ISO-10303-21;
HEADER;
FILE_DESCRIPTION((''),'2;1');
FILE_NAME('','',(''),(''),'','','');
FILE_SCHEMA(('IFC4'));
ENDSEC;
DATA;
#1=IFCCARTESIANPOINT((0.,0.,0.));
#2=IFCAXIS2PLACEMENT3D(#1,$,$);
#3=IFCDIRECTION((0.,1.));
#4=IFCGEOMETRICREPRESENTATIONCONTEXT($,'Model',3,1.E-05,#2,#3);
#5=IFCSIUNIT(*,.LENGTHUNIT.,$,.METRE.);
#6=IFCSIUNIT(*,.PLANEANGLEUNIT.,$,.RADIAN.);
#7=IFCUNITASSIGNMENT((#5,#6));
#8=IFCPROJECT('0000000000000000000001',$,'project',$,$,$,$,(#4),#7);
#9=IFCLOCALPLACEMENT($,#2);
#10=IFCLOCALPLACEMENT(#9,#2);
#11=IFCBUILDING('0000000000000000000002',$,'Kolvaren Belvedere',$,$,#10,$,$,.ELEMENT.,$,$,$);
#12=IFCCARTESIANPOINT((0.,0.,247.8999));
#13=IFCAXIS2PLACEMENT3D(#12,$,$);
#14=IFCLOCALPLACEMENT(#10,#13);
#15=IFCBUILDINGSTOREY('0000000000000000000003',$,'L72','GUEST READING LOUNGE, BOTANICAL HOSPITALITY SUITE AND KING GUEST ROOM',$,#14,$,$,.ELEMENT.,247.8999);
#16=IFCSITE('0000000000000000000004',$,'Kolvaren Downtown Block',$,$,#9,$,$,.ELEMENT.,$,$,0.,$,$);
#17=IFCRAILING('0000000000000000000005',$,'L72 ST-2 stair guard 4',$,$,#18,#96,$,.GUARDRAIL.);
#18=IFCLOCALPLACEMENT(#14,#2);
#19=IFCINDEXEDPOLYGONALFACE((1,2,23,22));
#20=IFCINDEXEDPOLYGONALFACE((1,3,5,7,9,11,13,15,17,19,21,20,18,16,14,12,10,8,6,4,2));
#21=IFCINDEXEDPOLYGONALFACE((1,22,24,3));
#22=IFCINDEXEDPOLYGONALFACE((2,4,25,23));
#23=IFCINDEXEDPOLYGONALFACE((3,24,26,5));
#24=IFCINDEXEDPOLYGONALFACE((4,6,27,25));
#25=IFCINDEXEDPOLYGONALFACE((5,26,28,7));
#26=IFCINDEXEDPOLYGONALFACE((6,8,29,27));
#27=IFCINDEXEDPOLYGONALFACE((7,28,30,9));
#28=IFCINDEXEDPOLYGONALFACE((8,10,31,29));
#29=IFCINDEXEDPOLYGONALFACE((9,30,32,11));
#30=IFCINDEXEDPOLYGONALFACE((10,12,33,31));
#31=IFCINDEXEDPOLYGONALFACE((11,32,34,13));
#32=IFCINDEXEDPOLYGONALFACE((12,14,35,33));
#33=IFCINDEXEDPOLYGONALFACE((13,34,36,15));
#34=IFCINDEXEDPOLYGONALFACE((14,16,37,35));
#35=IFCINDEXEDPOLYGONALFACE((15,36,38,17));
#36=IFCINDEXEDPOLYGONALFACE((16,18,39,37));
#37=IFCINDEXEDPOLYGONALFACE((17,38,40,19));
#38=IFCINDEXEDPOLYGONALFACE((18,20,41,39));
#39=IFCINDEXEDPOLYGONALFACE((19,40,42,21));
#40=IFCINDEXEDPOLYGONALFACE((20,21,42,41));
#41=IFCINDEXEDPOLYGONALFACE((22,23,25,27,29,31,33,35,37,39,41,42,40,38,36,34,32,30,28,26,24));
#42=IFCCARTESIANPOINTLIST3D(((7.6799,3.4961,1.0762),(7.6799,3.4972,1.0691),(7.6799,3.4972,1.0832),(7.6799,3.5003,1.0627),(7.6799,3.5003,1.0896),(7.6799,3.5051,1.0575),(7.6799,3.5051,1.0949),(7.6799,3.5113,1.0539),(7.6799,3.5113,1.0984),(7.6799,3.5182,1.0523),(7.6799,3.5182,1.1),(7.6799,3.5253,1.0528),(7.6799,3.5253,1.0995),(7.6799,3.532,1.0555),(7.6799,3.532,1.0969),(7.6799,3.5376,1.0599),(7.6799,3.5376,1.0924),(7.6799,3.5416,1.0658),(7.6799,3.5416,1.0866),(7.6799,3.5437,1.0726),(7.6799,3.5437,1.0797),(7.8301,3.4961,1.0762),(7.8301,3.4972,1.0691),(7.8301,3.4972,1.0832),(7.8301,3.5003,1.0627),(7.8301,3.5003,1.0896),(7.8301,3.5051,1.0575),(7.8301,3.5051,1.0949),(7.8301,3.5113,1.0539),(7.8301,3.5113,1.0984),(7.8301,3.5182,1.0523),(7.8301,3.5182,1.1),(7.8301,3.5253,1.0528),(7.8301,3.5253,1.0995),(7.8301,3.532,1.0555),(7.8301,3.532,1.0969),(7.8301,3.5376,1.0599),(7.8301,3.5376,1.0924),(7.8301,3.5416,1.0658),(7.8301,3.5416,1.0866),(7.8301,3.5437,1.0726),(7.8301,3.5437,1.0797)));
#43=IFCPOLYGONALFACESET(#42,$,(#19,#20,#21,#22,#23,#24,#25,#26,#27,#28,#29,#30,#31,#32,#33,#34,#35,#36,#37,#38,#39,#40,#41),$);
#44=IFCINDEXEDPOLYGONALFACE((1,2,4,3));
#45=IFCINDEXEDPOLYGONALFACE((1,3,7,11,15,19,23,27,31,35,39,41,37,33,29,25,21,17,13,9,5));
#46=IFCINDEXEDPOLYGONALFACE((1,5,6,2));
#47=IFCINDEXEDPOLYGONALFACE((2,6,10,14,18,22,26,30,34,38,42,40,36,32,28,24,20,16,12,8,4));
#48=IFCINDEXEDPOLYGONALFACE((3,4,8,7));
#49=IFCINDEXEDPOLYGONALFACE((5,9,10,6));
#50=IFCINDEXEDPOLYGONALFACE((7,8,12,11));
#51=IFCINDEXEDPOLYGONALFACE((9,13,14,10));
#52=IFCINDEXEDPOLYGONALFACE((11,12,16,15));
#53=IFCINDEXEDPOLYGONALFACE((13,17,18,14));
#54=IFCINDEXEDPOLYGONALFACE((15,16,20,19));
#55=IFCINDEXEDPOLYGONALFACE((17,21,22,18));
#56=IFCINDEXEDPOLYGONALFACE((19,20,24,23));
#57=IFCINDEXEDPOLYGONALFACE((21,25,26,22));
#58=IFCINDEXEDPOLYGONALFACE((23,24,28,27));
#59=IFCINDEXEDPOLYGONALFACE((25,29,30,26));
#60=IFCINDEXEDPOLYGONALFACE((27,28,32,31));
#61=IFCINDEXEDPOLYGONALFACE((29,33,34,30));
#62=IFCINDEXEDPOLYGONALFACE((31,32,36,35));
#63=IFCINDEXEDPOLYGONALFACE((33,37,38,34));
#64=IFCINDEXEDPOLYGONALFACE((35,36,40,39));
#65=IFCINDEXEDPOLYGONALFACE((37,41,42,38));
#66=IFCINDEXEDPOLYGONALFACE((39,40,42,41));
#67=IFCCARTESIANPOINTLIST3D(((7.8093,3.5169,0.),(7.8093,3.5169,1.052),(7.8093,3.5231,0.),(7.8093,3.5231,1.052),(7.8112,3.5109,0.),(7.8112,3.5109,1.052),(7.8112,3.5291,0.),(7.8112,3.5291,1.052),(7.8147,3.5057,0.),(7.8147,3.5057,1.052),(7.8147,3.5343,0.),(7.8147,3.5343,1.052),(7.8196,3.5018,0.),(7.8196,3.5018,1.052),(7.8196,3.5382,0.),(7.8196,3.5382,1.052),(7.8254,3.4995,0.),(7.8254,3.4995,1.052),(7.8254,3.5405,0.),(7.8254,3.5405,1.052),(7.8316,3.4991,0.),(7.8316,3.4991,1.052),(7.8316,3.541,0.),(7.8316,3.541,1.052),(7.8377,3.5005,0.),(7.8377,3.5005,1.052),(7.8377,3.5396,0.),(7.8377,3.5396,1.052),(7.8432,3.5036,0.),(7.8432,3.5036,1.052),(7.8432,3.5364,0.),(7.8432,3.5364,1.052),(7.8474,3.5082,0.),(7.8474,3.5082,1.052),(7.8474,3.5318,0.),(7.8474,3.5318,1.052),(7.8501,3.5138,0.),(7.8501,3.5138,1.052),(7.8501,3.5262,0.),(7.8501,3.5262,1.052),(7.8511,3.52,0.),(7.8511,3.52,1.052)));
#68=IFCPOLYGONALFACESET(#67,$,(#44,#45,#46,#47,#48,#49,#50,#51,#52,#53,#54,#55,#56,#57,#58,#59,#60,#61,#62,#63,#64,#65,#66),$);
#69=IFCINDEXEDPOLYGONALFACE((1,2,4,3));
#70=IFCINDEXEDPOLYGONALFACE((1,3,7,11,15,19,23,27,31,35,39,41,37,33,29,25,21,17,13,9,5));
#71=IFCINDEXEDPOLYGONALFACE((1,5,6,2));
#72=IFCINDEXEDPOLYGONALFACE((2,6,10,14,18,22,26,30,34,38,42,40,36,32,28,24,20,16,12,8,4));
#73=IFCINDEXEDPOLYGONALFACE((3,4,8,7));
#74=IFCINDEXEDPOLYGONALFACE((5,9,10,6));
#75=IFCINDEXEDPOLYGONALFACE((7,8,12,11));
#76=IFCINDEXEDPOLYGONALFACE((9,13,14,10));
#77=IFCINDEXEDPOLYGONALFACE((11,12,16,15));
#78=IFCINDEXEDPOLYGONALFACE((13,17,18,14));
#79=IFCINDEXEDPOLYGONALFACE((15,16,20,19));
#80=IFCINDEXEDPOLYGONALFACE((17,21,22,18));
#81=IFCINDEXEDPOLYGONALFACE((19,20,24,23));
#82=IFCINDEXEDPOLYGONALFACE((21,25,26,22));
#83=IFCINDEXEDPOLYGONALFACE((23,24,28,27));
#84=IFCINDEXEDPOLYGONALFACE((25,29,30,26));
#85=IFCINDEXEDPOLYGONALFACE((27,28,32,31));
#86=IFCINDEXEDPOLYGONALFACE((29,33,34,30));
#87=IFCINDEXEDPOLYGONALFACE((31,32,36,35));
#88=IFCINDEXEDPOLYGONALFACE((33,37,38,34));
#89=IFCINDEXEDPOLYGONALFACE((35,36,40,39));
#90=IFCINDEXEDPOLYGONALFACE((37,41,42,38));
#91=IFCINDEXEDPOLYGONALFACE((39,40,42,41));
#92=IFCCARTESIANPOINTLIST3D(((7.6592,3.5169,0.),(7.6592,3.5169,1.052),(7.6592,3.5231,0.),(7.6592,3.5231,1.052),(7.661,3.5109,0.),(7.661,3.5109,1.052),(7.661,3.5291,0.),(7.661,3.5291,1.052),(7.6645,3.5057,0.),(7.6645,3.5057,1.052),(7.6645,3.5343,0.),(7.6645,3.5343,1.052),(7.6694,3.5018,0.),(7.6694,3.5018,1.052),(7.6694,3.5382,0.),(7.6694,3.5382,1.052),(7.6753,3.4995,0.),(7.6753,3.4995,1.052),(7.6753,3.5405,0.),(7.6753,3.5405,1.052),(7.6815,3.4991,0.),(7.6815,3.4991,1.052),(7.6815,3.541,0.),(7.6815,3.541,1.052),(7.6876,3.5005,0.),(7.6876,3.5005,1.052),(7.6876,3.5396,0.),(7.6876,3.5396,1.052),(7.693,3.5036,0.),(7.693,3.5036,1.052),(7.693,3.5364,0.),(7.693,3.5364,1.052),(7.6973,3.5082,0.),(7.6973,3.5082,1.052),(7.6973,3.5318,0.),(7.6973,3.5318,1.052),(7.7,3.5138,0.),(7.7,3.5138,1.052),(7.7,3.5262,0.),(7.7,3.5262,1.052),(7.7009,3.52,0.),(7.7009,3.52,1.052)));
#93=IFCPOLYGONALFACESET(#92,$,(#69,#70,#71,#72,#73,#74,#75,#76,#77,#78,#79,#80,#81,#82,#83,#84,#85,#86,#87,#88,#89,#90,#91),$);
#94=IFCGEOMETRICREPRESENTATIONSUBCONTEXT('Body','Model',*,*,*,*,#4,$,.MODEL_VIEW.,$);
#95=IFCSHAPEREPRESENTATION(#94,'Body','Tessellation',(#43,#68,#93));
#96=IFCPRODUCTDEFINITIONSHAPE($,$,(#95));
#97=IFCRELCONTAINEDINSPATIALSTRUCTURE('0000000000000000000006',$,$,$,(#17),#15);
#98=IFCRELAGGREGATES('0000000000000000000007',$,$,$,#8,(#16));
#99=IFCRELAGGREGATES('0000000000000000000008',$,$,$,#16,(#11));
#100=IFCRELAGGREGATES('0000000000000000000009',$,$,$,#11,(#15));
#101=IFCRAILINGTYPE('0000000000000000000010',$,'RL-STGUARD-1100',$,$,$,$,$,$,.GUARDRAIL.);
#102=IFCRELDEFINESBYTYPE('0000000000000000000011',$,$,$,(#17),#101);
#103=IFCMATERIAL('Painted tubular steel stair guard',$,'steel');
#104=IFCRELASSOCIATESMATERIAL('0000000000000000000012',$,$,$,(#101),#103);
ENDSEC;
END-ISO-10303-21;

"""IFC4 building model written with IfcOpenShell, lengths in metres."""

from ifc_helpers import new_model, si_unit, direction, frame, origin, origin_2d, place, context, subcontext, project, spatial, circle, extrude, material, type_object, element, save


model = new_model("IFC4")

# Units and contexts
model_context = context("Model", 3, precision=1e-05, world=origin(), true_north=direction((0.0, 1.0)))
body_context = subcontext(model_context, "Body", "Model", "MODEL_VIEW")
ifc_project = project(units=[si_unit("LENGTHUNIT", "METRE"), si_unit("PLANEANGLEUNIT", "RADIAN")], contexts=[model_context])

# Site, building, storey
site_placement = place(None, origin())
site = spatial("IfcSite", under=ifc_project, at=site_placement, Name="Kolvaren Downtown Block", CompositionType="ELEMENT", RefElevation=0.0)
building_placement = place(site_placement, origin())
building = spatial("IfcBuilding", under=site, at=building_placement, Name="Kolvaren Belvedere", CompositionType="ELEMENT")
storey_placement = place(building_placement, frame((0.0, 0.0, 247.8999)))
storey = spatial("IfcBuildingStorey", under=building, at=storey_placement, Name="L72", Description="GUEST READING LOUNGE, BOTANICAL HOSPITALITY SUITE AND KING GUEST ROOM", CompositionType="ELEMENT", Elevation=247.8999)

# Railing
ifc_material_1 = material(Name="Painted tubular steel stair guard", Category="steel")
railing_type_1 = type_object("IfcRailingType", Name="RL-STGUARD-1100", PredefinedType="GUARDRAIL", material=ifc_material_1)
railing_1_placement = place(storey_placement, frame((7.8301, 3.52, 0.0)))
element("IfcRailing", 1, at=railing_1_placement, inside=storey, type_object=railing_type_1, Name="L72 ST-2 stair guard 4", PredefinedType="GUARDRAIL", context=body_context, shape_type="SweptSolid", body=[
    extrude(circle(Radius=0.0239, at=origin_2d()), frame((0.0, 0.0, 1.0762), z_axis=(-1.0, 0.0, 0.0), x_axis=(0.0, -1.0, 0.0)), (0.0, 0.0, 1.0), 0.1501),
    extrude(circle(Radius=0.021, at=origin_2d()), origin(), (0.0, 0.0, 1.0), 1.052),
    extrude(circle(Radius=0.021, at=origin_2d()), frame((-0.1501, 0.0, 0.0)), (0.0, 0.0, 1.0), 1.052),
])

save(model, "model.ifc")
